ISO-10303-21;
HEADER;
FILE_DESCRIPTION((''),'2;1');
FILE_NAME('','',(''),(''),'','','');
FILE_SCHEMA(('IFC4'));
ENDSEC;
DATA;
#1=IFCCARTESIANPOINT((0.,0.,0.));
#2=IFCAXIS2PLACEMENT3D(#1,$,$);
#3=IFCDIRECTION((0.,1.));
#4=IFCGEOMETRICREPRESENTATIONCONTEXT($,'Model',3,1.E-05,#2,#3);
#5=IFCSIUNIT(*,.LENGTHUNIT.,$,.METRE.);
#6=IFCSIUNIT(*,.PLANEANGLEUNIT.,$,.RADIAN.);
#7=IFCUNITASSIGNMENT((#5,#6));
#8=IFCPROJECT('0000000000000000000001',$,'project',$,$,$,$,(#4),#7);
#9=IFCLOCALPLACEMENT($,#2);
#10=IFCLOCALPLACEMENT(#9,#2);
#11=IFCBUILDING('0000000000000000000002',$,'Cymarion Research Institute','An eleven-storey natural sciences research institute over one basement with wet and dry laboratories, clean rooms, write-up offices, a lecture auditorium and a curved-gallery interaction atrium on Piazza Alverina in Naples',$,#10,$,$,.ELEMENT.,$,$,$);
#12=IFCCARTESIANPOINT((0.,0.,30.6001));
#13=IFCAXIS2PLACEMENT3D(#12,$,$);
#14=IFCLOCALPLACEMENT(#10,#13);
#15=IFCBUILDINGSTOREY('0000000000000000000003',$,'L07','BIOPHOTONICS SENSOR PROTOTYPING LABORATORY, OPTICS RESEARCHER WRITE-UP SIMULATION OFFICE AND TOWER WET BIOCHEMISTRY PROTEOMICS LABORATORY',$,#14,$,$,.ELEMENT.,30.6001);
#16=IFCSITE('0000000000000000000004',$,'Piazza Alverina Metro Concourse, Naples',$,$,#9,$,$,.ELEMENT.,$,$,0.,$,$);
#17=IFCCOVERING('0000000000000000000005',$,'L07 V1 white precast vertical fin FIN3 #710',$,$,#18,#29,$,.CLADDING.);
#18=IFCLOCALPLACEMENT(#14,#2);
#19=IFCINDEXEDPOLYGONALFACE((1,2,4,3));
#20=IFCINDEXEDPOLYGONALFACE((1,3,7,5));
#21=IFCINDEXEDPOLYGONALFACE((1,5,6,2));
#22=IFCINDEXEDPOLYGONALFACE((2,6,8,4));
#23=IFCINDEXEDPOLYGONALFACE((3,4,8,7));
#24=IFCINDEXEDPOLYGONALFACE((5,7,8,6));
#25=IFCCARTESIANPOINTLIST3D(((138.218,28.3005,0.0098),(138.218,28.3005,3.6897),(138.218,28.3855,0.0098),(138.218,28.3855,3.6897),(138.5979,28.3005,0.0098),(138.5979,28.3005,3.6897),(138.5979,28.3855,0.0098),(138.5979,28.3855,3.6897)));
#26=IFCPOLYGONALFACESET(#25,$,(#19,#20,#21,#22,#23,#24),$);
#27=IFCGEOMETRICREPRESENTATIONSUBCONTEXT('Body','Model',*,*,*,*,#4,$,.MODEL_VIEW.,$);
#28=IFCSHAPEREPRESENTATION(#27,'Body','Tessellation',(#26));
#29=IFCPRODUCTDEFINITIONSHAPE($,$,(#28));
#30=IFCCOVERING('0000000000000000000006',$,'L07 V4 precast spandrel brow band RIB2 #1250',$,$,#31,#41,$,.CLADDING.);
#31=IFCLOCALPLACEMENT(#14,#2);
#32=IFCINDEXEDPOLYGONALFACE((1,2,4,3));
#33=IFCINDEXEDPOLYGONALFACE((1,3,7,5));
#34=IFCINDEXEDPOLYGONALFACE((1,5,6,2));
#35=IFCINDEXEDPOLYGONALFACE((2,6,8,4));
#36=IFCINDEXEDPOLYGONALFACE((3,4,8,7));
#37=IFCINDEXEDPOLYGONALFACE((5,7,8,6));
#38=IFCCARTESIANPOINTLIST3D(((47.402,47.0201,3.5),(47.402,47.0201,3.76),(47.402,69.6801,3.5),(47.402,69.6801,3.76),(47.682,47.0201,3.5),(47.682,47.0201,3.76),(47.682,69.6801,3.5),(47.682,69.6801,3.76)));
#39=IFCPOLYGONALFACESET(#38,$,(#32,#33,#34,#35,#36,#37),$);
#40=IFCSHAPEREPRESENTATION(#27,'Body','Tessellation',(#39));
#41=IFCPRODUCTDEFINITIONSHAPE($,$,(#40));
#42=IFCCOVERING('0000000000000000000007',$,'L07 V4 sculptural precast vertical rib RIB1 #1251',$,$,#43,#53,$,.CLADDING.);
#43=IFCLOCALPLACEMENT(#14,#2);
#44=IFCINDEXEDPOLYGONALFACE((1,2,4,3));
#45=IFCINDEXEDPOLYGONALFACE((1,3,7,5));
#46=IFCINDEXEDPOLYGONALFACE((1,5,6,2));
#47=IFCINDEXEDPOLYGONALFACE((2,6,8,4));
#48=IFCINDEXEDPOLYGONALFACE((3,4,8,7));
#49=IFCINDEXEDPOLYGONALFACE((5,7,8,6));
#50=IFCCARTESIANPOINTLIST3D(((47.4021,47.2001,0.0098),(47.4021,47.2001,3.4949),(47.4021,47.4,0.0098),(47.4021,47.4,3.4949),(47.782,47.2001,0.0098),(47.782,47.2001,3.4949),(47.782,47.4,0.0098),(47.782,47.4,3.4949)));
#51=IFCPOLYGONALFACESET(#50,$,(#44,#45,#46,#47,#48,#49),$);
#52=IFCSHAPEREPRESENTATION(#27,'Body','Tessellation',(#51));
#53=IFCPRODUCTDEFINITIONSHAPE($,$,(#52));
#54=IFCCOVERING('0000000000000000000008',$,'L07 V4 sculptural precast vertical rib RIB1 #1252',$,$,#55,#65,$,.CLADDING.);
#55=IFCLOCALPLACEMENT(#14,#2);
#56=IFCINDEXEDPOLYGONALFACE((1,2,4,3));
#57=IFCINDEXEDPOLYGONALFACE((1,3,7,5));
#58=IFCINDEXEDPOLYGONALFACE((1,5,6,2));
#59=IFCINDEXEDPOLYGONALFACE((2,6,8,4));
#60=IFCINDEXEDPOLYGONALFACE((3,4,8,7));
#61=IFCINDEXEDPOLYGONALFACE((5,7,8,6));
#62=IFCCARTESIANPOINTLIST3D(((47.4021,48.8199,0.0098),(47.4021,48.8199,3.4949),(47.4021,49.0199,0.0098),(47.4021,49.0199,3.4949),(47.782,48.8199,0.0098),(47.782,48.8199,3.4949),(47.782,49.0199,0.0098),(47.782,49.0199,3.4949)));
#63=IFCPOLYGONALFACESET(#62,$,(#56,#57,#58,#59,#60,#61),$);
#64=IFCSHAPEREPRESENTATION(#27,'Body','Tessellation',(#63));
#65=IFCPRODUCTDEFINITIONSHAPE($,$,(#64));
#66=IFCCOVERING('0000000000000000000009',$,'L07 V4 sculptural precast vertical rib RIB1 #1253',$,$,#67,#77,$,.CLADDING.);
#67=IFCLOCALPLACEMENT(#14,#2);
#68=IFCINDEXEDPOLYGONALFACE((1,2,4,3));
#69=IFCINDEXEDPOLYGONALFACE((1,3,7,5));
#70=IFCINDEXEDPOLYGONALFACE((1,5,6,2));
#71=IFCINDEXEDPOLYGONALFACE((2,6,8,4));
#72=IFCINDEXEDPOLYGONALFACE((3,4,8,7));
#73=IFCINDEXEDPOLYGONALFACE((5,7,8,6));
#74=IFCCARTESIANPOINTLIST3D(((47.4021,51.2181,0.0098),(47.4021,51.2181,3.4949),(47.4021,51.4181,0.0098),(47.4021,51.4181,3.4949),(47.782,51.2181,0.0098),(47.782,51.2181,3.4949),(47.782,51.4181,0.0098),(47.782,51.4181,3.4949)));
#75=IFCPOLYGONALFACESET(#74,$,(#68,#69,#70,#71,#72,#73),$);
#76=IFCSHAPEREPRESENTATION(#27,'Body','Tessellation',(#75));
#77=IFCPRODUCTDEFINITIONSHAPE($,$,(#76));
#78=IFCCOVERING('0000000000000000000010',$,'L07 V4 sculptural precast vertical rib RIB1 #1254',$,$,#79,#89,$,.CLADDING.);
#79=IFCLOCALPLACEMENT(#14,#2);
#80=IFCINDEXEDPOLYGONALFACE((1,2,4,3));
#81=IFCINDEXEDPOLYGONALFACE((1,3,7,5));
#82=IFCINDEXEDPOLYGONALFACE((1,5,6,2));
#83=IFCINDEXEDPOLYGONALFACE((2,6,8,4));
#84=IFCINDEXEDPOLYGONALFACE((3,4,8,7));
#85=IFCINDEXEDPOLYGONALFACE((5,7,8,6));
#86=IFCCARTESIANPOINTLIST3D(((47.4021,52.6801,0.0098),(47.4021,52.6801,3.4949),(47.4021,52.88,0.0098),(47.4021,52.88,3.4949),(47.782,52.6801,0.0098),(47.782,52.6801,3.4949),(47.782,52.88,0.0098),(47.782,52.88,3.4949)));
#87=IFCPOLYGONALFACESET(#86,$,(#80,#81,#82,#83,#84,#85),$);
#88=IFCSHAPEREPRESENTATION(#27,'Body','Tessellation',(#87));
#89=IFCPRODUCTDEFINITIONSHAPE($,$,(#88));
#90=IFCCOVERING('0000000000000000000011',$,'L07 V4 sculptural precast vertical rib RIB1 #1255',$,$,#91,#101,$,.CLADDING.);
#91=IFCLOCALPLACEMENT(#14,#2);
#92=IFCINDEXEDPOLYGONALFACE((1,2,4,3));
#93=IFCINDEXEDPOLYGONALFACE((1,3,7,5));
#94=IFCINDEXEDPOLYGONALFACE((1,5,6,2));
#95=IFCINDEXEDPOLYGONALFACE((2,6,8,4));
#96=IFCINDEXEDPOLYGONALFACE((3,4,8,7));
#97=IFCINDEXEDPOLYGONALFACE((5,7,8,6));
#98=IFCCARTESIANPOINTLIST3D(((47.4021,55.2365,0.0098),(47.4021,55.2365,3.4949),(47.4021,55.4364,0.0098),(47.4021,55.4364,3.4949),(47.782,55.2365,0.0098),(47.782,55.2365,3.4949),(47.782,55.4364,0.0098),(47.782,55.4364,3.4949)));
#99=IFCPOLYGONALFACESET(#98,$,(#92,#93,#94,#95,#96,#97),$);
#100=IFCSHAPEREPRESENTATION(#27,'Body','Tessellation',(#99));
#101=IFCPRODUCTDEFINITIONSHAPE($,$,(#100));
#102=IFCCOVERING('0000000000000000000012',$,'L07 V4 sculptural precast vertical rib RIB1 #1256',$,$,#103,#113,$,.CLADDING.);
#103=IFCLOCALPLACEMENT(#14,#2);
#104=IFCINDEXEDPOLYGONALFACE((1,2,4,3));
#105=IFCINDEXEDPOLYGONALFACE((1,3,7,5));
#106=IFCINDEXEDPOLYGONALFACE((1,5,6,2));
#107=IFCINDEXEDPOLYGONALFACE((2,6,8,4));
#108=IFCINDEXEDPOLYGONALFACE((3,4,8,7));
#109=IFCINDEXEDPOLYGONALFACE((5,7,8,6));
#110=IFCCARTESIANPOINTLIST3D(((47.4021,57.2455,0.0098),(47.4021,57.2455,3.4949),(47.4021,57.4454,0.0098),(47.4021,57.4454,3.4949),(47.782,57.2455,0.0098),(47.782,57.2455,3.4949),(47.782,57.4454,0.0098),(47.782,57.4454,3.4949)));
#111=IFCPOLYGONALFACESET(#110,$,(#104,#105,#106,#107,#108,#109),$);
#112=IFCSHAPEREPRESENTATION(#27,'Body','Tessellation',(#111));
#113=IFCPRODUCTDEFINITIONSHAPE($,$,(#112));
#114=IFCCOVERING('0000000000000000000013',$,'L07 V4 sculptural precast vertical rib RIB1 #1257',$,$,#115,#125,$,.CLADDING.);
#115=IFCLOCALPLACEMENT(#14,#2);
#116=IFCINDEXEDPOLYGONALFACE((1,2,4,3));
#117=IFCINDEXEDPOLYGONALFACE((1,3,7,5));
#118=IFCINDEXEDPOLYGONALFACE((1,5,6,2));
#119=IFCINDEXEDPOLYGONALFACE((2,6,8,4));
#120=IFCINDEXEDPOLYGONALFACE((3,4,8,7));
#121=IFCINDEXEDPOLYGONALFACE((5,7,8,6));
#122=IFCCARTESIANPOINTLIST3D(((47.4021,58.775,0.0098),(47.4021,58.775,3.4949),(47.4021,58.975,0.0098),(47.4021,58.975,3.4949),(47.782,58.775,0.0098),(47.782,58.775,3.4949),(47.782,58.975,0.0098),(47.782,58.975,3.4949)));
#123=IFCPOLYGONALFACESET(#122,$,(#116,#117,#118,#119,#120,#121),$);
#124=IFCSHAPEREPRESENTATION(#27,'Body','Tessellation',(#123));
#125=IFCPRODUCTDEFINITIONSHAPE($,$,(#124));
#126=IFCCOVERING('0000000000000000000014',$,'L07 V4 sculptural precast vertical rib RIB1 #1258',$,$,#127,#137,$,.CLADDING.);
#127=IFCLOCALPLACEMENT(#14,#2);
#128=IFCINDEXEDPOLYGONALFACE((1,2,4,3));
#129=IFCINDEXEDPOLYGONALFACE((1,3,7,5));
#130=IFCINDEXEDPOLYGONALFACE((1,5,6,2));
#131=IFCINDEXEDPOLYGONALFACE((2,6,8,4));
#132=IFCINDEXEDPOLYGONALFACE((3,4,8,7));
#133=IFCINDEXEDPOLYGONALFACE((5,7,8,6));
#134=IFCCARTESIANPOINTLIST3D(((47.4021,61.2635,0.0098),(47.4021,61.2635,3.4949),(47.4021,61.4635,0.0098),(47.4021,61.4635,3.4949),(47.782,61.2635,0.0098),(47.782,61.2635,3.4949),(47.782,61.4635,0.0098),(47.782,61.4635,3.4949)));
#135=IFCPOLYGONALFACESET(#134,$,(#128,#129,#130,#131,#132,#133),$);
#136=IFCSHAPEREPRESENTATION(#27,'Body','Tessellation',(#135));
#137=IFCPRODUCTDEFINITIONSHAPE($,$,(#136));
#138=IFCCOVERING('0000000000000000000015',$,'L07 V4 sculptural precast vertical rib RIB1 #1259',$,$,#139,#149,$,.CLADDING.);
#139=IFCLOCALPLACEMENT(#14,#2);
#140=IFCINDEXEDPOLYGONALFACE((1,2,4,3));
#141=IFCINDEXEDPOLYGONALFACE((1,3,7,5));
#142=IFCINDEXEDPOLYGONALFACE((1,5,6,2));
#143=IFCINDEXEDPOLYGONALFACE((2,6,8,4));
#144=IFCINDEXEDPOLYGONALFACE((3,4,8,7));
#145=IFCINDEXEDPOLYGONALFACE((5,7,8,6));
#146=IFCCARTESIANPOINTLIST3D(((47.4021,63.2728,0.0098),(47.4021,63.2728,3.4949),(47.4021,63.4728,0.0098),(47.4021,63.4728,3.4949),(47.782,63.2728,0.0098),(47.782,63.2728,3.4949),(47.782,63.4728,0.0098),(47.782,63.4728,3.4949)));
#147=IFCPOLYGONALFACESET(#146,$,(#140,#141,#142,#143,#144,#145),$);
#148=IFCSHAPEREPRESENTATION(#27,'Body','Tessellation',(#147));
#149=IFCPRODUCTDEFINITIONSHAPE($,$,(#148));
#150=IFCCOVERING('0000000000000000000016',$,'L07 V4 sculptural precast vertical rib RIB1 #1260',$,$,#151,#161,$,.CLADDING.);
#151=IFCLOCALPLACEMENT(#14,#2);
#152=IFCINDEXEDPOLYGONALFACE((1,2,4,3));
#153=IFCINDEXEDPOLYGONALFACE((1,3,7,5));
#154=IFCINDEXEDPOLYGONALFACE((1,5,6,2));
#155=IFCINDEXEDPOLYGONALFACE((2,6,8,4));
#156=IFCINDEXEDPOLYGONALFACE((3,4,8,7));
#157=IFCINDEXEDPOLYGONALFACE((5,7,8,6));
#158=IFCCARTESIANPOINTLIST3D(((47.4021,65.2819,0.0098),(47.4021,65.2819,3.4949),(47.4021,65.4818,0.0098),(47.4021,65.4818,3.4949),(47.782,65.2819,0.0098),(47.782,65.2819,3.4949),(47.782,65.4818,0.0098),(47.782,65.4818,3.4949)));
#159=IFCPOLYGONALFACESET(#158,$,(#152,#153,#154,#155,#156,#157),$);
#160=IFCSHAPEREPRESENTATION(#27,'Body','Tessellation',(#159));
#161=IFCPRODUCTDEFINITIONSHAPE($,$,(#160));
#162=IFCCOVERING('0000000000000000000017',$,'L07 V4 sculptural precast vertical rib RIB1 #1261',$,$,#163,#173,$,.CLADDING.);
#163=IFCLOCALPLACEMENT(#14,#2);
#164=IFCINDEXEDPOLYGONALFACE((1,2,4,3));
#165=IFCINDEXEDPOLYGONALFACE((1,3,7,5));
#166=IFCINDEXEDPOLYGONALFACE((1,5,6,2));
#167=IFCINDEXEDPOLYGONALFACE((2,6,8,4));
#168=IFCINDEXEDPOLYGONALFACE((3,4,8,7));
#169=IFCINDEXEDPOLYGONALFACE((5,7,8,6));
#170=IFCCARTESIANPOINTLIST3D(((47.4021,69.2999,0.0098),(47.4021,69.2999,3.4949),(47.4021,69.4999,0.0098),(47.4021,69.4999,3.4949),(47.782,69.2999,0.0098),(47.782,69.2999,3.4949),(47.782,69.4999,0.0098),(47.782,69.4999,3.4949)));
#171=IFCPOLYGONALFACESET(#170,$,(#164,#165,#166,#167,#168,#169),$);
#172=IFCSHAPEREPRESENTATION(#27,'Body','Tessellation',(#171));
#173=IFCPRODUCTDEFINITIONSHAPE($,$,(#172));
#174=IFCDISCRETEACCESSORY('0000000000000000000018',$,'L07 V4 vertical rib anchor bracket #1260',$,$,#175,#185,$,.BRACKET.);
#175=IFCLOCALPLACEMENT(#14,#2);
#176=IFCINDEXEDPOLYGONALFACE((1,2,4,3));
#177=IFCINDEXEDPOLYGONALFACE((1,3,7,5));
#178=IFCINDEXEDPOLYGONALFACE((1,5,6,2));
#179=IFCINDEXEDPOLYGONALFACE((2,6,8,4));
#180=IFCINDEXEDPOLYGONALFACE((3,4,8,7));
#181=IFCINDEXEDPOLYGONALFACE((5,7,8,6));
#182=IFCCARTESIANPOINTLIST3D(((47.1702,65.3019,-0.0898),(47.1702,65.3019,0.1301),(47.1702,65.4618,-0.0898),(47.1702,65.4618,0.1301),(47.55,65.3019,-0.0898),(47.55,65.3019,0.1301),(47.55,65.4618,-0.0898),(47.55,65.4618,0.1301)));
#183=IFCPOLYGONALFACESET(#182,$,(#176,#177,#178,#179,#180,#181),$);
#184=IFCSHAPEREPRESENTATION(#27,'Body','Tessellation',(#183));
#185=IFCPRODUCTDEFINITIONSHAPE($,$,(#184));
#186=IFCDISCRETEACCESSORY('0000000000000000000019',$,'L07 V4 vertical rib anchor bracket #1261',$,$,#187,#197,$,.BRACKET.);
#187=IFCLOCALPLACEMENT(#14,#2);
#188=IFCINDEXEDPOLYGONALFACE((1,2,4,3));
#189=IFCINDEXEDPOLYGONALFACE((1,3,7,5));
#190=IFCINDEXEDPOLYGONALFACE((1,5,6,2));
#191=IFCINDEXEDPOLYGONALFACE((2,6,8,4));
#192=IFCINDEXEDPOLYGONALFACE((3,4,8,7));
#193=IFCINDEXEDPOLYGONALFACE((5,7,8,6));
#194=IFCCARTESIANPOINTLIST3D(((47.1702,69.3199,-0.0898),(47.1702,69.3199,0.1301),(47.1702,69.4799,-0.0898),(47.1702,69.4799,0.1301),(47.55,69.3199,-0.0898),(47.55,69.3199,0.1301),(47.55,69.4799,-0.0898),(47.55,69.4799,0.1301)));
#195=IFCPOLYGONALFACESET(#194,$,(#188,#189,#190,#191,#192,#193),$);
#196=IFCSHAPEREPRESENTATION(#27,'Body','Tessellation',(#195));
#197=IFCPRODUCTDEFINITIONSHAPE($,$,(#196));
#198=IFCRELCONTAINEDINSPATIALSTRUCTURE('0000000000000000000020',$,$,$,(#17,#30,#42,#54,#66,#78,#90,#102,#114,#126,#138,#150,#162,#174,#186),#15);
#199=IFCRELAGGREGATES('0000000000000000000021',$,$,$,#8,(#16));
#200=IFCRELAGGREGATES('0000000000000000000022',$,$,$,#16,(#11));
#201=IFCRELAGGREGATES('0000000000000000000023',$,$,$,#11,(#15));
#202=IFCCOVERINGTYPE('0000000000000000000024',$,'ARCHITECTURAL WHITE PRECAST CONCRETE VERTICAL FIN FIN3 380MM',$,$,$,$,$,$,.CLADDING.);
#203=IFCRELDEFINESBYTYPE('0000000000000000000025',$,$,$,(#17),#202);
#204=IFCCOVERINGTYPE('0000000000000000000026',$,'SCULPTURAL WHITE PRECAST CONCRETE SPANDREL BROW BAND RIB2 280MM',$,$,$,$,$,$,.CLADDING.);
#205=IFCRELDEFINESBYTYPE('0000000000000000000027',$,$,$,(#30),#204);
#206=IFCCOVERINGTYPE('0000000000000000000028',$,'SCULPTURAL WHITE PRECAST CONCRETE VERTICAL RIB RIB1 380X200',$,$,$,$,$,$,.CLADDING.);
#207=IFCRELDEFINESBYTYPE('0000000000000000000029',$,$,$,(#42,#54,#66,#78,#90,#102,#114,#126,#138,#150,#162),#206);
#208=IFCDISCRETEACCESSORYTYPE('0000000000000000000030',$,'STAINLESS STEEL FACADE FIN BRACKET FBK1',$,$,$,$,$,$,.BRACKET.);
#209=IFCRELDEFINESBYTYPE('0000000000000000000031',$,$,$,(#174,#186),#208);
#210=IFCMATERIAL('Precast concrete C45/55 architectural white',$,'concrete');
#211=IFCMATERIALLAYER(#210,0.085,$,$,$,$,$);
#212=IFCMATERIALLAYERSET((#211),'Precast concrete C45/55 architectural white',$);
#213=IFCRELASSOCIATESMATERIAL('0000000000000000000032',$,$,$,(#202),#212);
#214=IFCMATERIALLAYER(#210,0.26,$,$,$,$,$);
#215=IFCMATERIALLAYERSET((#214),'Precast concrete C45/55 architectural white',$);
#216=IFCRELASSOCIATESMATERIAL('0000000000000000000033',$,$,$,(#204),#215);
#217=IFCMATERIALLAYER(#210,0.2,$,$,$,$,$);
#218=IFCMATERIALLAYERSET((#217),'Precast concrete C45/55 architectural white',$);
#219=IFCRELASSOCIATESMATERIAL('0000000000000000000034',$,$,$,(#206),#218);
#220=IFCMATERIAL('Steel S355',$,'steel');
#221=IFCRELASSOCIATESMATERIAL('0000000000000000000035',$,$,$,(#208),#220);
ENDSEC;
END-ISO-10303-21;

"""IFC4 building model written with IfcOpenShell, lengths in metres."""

from ifc_helpers import new_model, si_unit, direction, frame, origin, origin_2d, place, context, subcontext, project, spatial, rectangle, extrude, material, layer, layer_set, type_object, element, save


model = new_model("IFC4")

# Units and contexts
model_context = context("Model", 3, precision=1e-05, world=origin(), true_north=direction((0.0, 1.0)))
body_context = subcontext(model_context, "Body", "Model", "MODEL_VIEW")
ifc_project = project(units=[si_unit("LENGTHUNIT", "METRE"), si_unit("PLANEANGLEUNIT", "RADIAN")], contexts=[model_context])

# Site, building, storey
site_placement = place(None, origin())
site = spatial("IfcSite", under=ifc_project, at=site_placement, Name="Piazza Alverina Metro Concourse, Naples", CompositionType="ELEMENT", RefElevation=0.0)
building_placement = place(site_placement, origin())
building = spatial("IfcBuilding", under=site, at=building_placement, Name="Cymarion Research Institute", Description="An eleven-storey natural sciences research institute over one basement with wet and dry laboratories, clean rooms, write-up offices, a lecture auditorium and a curved-gallery interaction atrium on Piazza Alverina in Naples", CompositionType="ELEMENT")
storey_placement = place(building_placement, frame((0.0, 0.0, 30.6001)))
storey = spatial("IfcBuildingStorey", under=building, at=storey_placement, Name="L07", Description="BIOPHOTONICS SENSOR PROTOTYPING LABORATORY, OPTICS RESEARCHER WRITE-UP SIMULATION OFFICE AND TOWER WET BIOCHEMISTRY PROTEOMICS LABORATORY", CompositionType="ELEMENT", Elevation=30.6001)

# Coverings
ifc_material_1 = material(Name="Precast concrete C45/55 architectural white", Category="concrete")
ifc_layer_1 = layer(ifc_material_1, 0.085)
ifc_layer_set_1 = layer_set([ifc_layer_1], Name="Precast concrete C45/55 architectural white")
covering_type_1 = type_object("IfcCoveringType", Name="ARCHITECTURAL WHITE PRECAST CONCRETE VERTICAL FIN FIN3 380MM", PredefinedType="CLADDING", material=ifc_layer_set_1)
covering_1_placement = place(storey_placement, frame((138.408, 28.343, 0.0098), z_axis=(0.0, 0.0, 1.0), x_axis=(-1.0, 0.0, 0.0)))
element("IfcCovering", 1, at=covering_1_placement, inside=storey, type_object=covering_type_1, Name="L07 V1 white precast vertical fin FIN3 #710", PredefinedType="CLADDING", context=body_context, shape_type="SweptSolid", body=[
    extrude(rectangle(XDim=0.3799, YDim=0.085, at=origin_2d()), origin(), (0.0, 0.0, 1.0), 3.6799),
])
ifc_layer_2 = layer(ifc_material_1, 0.26)
ifc_layer_set_2 = layer_set([ifc_layer_2], Name="Precast concrete C45/55 architectural white")
covering_type_2 = type_object("IfcCoveringType", Name="SCULPTURAL WHITE PRECAST CONCRETE SPANDREL BROW BAND RIB2 280MM", PredefinedType="CLADDING", material=ifc_layer_set_2)
covering_2_placement = place(storey_placement, frame((47.542, 58.3501, 3.5), z_axis=(0.0, 0.0, 1.0), x_axis=(1.0, 0.0, 0.0)))
element("IfcCovering", 2, at=covering_2_placement, inside=storey, type_object=covering_type_2, Name="L07 V4 precast spandrel brow band RIB2 #1250", PredefinedType="CLADDING", context=body_context, shape_type="SweptSolid", body=[
    extrude(rectangle(XDim=0.28, YDim=22.6599, at=origin_2d()), origin(), (0.0, 0.0, 1.0), 0.26),
])
ifc_layer_3 = layer(ifc_material_1, 0.2)
ifc_layer_set_3 = layer_set([ifc_layer_3], Name="Precast concrete C45/55 architectural white")
covering_type_3 = type_object("IfcCoveringType", Name="SCULPTURAL WHITE PRECAST CONCRETE VERTICAL RIB RIB1 380X200", PredefinedType="CLADDING", material=ifc_layer_set_3)
for number, where, z_axis, x_axis, name in (
    (3, (47.592, 47.3, 0.0098), (0.0, 0.0, 1.0), (1.0, 0.0, 0.0), "L07 V4 sculptural precast vertical rib RIB1 #1251"),
    (4, (47.592, 48.9199, 0.0098), (0.0, 0.0, 1.0), (1.0, 0.0, 0.0), "L07 V4 sculptural precast vertical rib RIB1 #1252"),
    (5, (47.592, 51.3181, 0.0098), (0.0, 0.0, 1.0), (1.0, 0.0, 0.0), "L07 V4 sculptural precast vertical rib RIB1 #1253"),
    (6, (47.592, 52.78, 0.0098), (0.0, 0.0, 1.0), (1.0, 0.0, 0.0), "L07 V4 sculptural precast vertical rib RIB1 #1254"),
    (7, (47.592, 55.3364, 0.0098), (0.0, 0.0, 1.0), (1.0, 0.0, 0.0), "L07 V4 sculptural precast vertical rib RIB1 #1255"),
    (8, (47.592, 57.3455, 0.0098), (0.0, 0.0, 1.0), (1.0, 0.0, 0.0), "L07 V4 sculptural precast vertical rib RIB1 #1256"),
    (9, (47.592, 58.875, 0.0098), (0.0, 0.0, 1.0), (1.0, 0.0, 0.0), "L07 V4 sculptural precast vertical rib RIB1 #1257"),
    (10, (47.592, 61.3635, 0.0098), (0.0, 0.0, 1.0), (1.0, 0.0, 0.0), "L07 V4 sculptural precast vertical rib RIB1 #1258"),
    (11, (47.592, 63.3728, 0.0098), (0.0, 0.0, 1.0), (1.0, 0.0, 0.0), "L07 V4 sculptural precast vertical rib RIB1 #1259"),
    (12, (47.592, 65.3818, 0.0098), (0.0, 0.0, 1.0), (1.0, 0.0, 0.0), "L07 V4 sculptural precast vertical rib RIB1 #1260"),
    (13, (47.592, 69.3999, 0.0098), (0.0, 0.0, 1.0), (1.0, 0.0, 0.0), "L07 V4 sculptural precast vertical rib RIB1 #1261"),
):
    element("IfcCovering", number, at=place(storey_placement, frame(where, z_axis=z_axis, x_axis=x_axis)), inside=storey, type_object=covering_type_3, Name=name, PredefinedType="CLADDING", context=body_context, shape_type="SweptSolid", body=[
        extrude(rectangle(XDim=0.3799, YDim=0.2, at=origin_2d()), origin(), (0.0, 0.0, 1.0), 3.4851),
    ])

# Discrete accessories
ifc_material_2 = material(Name="Steel S355", Category="steel")
discrete_accessory_type = type_object("IfcDiscreteAccessoryType", Name="STAINLESS STEEL FACADE FIN BRACKET FBK1", PredefinedType="BRACKET", material=ifc_material_2)
for number, where, z_axis, x_axis, name in (
    (14, (47.3601, 65.3818, -0.0898), (0.0, 0.0, 1.0), (1.0, 0.0, 0.0), "L07 V4 vertical rib anchor bracket #1260"),
    (15, (47.3601, 69.3999, -0.0898), (0.0, 0.0, 1.0), (1.0, 0.0, 0.0), "L07 V4 vertical rib anchor bracket #1261"),
):
    element("IfcDiscreteAccessory", number, at=place(storey_placement, frame(where, z_axis=z_axis, x_axis=x_axis)), inside=storey, type_object=discrete_accessory_type, Name=name, PredefinedType="BRACKET", context=body_context, shape_type="SweptSolid", body=[
        extrude(rectangle(XDim=0.3799, YDim=0.1599, at=origin_2d()), origin(), (0.0, 0.0, 1.0), 0.22),
    ])

save(model, "model.ifc")
